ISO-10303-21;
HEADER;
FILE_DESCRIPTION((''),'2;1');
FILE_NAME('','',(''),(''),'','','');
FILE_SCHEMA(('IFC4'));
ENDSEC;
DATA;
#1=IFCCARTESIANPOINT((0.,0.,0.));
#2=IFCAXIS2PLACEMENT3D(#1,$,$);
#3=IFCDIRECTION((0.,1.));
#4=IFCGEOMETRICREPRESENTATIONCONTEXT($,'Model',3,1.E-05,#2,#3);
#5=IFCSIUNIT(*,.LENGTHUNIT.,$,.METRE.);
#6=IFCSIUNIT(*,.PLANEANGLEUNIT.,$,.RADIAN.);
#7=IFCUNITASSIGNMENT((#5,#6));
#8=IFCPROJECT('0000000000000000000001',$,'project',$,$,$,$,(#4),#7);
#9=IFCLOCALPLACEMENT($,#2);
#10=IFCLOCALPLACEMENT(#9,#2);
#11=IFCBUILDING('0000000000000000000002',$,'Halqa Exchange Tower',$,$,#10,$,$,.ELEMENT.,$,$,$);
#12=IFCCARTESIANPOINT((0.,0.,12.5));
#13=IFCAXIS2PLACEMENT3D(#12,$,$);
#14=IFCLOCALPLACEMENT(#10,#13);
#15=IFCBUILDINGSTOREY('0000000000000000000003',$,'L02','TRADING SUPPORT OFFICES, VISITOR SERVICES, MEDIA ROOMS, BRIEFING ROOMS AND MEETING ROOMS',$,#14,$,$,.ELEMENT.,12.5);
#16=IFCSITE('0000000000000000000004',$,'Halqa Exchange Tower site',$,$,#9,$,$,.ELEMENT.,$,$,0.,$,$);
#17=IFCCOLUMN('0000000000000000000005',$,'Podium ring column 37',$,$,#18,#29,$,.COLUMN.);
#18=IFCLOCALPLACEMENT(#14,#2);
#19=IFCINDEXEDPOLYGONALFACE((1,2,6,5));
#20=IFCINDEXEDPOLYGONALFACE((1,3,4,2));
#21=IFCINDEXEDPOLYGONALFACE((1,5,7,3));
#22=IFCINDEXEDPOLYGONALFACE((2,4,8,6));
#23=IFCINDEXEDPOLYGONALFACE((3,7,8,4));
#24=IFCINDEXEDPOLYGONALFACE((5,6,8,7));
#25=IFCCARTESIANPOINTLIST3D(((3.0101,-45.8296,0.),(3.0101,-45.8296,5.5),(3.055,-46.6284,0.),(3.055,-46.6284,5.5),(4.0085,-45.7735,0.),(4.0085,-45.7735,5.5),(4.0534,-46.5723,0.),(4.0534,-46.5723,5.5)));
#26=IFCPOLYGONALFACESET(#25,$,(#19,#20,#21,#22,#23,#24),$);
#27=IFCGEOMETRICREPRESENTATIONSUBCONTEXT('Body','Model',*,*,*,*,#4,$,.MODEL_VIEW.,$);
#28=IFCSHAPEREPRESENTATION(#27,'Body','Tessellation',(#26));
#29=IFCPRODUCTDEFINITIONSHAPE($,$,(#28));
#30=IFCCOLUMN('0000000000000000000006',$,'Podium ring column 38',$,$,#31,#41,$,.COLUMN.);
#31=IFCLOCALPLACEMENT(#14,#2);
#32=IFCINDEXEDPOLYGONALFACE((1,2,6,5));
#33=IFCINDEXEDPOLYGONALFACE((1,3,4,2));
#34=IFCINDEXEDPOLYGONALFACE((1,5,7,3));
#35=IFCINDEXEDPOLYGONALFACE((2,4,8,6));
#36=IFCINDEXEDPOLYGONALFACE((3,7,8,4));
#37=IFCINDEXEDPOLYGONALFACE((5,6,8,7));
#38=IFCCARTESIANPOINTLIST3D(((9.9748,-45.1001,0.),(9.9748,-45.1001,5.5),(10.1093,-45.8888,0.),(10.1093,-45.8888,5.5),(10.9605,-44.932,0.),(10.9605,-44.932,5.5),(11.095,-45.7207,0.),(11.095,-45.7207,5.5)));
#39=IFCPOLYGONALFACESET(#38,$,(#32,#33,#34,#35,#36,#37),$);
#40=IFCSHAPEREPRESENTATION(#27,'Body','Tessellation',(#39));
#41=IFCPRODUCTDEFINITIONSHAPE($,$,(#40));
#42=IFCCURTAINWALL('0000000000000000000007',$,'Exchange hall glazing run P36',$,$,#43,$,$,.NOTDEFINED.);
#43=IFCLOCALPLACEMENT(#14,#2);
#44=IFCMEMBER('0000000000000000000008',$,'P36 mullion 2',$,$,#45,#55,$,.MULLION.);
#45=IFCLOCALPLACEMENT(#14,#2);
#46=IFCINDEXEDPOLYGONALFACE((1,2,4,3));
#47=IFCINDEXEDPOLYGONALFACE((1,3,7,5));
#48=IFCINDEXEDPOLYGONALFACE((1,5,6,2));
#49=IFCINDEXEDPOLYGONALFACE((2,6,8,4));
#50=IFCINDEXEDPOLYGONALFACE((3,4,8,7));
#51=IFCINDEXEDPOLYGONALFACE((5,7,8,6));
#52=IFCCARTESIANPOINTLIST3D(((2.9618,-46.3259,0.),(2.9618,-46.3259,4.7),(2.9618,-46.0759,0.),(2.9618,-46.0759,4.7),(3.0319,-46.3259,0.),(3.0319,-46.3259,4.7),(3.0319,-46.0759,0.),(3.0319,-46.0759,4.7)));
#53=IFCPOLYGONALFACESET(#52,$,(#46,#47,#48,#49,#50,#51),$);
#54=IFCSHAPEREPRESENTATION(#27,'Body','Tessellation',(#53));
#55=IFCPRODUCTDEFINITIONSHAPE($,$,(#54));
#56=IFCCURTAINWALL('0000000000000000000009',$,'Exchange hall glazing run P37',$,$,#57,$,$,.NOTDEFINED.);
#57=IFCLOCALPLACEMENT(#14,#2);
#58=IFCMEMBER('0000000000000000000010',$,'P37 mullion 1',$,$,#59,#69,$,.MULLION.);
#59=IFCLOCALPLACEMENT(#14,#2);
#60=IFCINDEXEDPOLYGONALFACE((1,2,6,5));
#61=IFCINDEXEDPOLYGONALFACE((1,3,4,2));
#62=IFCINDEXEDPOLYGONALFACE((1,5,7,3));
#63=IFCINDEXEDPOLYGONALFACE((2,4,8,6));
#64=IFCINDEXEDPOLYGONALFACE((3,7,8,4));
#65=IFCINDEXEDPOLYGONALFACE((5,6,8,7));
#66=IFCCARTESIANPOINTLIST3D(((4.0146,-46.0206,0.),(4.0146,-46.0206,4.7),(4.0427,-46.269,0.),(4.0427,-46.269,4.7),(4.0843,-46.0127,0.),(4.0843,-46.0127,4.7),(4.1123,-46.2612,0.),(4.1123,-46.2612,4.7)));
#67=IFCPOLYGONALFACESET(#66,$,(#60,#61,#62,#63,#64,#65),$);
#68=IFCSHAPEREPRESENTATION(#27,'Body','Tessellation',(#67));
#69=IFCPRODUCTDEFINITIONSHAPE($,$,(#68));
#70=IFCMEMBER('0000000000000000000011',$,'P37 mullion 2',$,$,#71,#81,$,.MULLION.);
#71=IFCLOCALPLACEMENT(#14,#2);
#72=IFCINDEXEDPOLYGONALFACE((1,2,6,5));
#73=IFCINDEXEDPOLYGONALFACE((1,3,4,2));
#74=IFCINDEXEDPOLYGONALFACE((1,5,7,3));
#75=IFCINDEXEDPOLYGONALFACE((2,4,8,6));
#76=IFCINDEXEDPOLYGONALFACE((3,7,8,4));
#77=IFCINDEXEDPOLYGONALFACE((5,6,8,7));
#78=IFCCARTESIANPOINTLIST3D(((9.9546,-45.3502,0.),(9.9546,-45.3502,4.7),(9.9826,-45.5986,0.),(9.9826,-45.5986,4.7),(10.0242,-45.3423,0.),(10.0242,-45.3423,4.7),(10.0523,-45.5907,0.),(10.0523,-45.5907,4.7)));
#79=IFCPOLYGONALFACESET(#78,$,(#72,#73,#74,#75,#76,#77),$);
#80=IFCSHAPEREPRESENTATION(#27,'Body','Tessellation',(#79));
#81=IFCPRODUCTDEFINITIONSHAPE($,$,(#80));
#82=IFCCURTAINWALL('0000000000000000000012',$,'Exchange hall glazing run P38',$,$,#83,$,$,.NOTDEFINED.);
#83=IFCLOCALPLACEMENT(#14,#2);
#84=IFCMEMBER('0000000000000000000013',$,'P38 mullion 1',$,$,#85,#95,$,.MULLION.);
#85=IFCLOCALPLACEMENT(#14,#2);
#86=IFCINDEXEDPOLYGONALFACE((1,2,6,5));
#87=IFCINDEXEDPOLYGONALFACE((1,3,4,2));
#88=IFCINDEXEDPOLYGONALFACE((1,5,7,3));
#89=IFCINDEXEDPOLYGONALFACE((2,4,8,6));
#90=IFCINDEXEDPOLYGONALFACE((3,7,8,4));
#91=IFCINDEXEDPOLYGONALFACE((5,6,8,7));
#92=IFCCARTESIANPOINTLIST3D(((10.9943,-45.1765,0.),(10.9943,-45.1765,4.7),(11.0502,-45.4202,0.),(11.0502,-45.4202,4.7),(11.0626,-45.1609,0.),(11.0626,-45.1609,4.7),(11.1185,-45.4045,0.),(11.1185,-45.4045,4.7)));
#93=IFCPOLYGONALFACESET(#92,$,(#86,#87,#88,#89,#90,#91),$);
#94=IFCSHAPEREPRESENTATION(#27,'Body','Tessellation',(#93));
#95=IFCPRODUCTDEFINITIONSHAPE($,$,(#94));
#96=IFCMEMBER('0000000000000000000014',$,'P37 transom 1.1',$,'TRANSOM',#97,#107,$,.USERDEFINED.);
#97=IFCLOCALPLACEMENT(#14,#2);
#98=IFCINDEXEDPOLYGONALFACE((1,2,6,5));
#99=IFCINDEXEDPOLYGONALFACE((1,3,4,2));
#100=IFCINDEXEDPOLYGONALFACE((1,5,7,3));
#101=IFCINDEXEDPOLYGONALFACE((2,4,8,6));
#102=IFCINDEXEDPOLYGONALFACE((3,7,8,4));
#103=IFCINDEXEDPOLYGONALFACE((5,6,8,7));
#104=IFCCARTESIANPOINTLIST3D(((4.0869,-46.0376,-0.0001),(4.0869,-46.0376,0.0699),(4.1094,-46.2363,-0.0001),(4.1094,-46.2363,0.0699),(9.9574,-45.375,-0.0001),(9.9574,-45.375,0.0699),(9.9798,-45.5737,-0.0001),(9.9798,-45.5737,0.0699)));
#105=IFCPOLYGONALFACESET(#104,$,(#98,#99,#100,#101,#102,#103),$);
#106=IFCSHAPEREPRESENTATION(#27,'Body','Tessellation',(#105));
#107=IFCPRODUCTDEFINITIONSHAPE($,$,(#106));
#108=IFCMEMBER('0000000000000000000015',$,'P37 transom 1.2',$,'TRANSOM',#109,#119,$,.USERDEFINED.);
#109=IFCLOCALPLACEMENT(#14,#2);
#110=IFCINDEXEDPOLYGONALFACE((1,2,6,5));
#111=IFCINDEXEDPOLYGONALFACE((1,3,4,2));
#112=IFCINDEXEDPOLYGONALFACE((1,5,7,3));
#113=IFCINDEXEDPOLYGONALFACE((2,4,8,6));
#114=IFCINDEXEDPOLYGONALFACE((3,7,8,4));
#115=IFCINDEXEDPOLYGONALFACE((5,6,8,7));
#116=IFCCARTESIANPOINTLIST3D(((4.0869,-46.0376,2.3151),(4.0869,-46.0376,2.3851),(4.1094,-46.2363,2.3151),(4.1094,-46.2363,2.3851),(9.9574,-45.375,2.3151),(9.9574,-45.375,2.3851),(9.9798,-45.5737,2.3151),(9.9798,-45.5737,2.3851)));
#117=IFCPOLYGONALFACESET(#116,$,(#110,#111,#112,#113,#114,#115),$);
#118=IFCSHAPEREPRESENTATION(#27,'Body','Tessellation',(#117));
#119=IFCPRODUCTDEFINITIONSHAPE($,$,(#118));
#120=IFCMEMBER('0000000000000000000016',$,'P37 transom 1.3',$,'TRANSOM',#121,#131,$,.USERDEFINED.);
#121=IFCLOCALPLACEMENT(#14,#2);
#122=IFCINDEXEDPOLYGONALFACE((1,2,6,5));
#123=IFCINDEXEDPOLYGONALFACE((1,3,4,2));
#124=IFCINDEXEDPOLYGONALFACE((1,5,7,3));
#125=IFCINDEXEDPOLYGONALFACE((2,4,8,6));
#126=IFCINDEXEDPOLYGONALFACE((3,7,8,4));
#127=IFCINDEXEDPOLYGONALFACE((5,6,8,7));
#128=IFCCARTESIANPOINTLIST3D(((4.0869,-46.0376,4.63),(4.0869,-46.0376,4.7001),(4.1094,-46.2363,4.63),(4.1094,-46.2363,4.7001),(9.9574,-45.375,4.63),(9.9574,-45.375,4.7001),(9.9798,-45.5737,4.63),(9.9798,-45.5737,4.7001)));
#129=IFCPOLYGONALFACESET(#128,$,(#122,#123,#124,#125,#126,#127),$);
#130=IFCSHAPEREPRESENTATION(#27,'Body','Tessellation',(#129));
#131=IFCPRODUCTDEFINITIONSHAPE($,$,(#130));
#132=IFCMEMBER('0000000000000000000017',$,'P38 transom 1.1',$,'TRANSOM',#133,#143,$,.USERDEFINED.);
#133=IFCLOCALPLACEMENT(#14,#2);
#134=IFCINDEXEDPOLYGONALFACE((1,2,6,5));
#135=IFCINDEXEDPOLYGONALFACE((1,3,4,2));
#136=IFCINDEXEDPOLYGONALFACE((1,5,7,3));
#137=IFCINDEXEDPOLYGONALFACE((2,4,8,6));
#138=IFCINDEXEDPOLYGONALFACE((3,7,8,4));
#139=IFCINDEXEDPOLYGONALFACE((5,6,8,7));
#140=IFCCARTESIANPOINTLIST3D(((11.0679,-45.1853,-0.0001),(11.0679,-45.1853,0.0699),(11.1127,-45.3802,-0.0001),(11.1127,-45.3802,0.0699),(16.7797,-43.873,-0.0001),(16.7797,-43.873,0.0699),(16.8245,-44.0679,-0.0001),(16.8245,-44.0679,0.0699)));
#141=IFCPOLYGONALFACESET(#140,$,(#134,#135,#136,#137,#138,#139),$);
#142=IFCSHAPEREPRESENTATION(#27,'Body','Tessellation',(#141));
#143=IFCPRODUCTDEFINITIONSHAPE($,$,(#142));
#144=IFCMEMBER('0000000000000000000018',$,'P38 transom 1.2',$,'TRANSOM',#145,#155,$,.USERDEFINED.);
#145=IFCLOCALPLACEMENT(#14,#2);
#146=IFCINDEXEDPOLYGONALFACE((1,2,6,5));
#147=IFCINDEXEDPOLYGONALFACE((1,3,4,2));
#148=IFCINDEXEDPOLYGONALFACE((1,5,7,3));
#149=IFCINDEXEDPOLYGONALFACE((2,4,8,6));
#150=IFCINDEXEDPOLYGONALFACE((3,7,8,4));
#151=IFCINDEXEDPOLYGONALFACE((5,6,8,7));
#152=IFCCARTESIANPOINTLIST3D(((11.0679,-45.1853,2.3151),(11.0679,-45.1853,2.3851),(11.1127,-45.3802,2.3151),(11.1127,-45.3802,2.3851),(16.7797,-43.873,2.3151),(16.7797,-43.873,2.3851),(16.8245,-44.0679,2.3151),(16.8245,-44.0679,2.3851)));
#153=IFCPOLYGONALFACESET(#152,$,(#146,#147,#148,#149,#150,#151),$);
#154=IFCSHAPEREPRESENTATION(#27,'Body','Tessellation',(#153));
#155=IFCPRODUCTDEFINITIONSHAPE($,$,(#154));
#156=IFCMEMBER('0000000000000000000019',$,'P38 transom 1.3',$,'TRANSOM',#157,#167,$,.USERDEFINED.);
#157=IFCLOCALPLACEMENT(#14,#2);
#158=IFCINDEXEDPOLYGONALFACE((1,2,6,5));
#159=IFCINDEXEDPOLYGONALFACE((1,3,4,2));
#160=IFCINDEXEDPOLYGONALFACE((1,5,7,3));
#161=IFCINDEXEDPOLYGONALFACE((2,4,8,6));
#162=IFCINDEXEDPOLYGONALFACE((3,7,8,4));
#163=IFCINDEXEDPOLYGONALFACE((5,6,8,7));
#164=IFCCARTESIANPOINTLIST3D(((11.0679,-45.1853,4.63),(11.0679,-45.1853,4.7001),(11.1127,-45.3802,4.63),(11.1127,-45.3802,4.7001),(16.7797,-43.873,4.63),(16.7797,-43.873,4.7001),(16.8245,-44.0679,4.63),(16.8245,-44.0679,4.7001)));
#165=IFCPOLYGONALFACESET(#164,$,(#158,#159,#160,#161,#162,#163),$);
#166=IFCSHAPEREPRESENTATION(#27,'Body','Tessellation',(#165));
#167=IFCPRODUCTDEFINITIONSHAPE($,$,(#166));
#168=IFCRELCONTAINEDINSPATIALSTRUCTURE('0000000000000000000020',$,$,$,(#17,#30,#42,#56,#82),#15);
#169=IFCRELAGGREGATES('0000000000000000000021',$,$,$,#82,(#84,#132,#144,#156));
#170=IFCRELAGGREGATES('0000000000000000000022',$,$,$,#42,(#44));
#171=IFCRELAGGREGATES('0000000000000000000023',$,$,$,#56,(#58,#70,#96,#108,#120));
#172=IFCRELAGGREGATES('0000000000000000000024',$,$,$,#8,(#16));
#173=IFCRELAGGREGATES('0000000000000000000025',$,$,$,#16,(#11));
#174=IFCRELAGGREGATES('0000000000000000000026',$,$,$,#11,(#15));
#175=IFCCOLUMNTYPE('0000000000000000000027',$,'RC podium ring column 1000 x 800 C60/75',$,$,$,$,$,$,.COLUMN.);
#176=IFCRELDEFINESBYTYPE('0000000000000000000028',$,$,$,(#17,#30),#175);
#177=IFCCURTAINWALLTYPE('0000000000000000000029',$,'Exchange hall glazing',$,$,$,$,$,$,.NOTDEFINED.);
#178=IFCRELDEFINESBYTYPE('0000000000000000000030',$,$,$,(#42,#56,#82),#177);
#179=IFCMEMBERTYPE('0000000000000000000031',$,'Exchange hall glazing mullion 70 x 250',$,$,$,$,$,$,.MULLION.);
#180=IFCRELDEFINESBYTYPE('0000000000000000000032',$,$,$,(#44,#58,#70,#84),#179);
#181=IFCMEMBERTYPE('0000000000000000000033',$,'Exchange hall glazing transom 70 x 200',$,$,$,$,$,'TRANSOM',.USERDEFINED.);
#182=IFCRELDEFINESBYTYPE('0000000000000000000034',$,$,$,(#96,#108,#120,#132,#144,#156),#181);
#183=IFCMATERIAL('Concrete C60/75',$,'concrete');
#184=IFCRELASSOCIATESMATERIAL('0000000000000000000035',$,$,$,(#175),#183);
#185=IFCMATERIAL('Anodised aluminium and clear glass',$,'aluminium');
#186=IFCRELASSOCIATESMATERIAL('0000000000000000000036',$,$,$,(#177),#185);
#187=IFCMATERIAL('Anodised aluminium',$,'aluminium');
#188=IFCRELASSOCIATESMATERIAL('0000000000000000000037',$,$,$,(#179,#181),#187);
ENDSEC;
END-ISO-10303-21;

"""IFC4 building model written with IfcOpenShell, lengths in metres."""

from ifc_helpers import new_model, si_unit, direction, frame, origin, origin_2d, place, context, subcontext, project, spatial, rectangle, extrude, material, material_profile, profile_set, type_object, element, aggregate, save


model = new_model("IFC4")

# Units and contexts
model_context = context("Model", 3, precision=1e-05, world=origin(), true_north=direction((0.0, 1.0)))
body_context = subcontext(model_context, "Body", "Model", "MODEL_VIEW")
ifc_project = project(units=[si_unit("LENGTHUNIT", "METRE"), si_unit("PLANEANGLEUNIT", "RADIAN")], contexts=[model_context])

# Site, building, storey
site_placement = place(None, origin())
site = spatial("IfcSite", under=ifc_project, at=site_placement, Name="Halqa Exchange Tower site", CompositionType="ELEMENT", RefElevation=0.0)
building_placement = place(site_placement, origin())
building = spatial("IfcBuilding", under=site, at=building_placement, Name="Halqa Exchange Tower", CompositionType="ELEMENT")
storey_placement = place(building_placement, frame((0.0, 0.0, 12.5)))
storey = spatial("IfcBuildingStorey", under=building, at=storey_placement, Name="L02", Description="TRADING SUPPORT OFFICES, VISITOR SERVICES, MEDIA ROOMS, BRIEFING ROOMS AND MEETING ROOMS", CompositionType="ELEMENT", Elevation=12.5)

# Columns
ifc_material_1 = material(Name="Concrete C60/75", Category="concrete")
ifc_material_profile_1 = material_profile(ifc_material_1, rectangle(XDim=1.0, YDim=0.8, at=origin_2d()), Name="1000 x 800")
ifc_profile_set_1 = profile_set([ifc_material_profile_1], Name="Concrete C60/75")
column_type = type_object("IfcColumnType", Name="RC podium ring column 1000 x 800 C60/75", PredefinedType="COLUMN", material=ifc_profile_set_1)
for number, where, z_axis, x_axis, name in (
    (1, (3.5317, -46.2009, 0.0), (0.0, 0.0, 1.0), (0.998425, 0.056107, 0.0), "Podium ring column 37"),
    (2, (10.5349, -45.4104, 0.0), (0.0, 0.0, 1.0), (0.985766, 0.168121, 0.0), "Podium ring column 38"),
):
    element("IfcColumn", number, at=place(storey_placement, frame(where, z_axis=z_axis, x_axis=x_axis)), inside=storey, type_object=column_type, Name=name, PredefinedType="COLUMN", context=body_context, shape_type="SweptSolid", body=[
        extrude(rectangle(XDim=1.0, YDim=0.8, at=origin_2d()), origin(), (0.0, 0.0, 1.0), 5.5),
    ])

# Curtain wall, member
ifc_material_2 = material(Name="Anodised aluminium and clear glass", Category="aluminium")
curtain_wall_type = type_object("IfcCurtainWallType", Name="Exchange hall glazing", PredefinedType="NOTDEFINED", material=ifc_material_2)
curtain_wall_1_placement = place(storey_placement, origin())
curtain_wall_1 = element("IfcCurtainWall", 3, at=curtain_wall_1_placement, inside=storey, type_object=curtain_wall_type, Name="Exchange hall glazing run P36", PredefinedType="NOTDEFINED")
ifc_material_3 = material(Name="Anodised aluminium", Category="aluminium")
ifc_material_profile_2 = material_profile(ifc_material_3, rectangle(XDim=0.25, YDim=0.0701, at=origin_2d()), Name="AL 70x250")
ifc_profile_set_2 = profile_set([ifc_material_profile_2], Name="Anodised aluminium")
member_type_1 = type_object("IfcMemberType", Name="Exchange hall glazing mullion 70 x 250", PredefinedType="MULLION", material=ifc_profile_set_2)
member_1_placement = place(storey_placement, frame((2.9968, -46.2009, 0.0), z_axis=(0.0, 0.0, 1.0), x_axis=(0.0, 1.0, 0.0)))
member_1 = element("IfcMember", 4, at=member_1_placement, type_object=member_type_1, Name="P36 mullion 2", PredefinedType="MULLION", context=body_context, shape_type="SweptSolid", body=[
    extrude(rectangle(XDim=0.25, YDim=0.0701, at=origin_2d()), origin(), (0.0, 0.0, 1.0), 4.7),
])

# Curtain wall, members
curtain_wall_2_placement = place(storey_placement, origin())
curtain_wall_2 = element("IfcCurtainWall", 5, at=curtain_wall_2_placement, inside=storey, type_object=curtain_wall_type, Name="Exchange hall glazing run P37", PredefinedType="NOTDEFINED")
member_2_placement = place(storey_placement, frame((4.0635, -46.1409, 0.0), z_axis=(0.0, 0.0, 1.0), x_axis=(-0.112159, 0.99369, 0.0)))
member_2 = element("IfcMember", 6, at=member_2_placement, type_object=member_type_1, Name="P37 mullion 1", PredefinedType="MULLION", context=body_context, shape_type="SweptSolid", body=[
    extrude(rectangle(XDim=0.25, YDim=0.0701, at=origin_2d()), origin(), (0.0, 0.0, 1.0), 4.7),
])
member_3_placement = place(storey_placement, frame((10.0034, -45.4705, 0.0), z_axis=(0.0, 0.0, 1.0), x_axis=(-0.112159, 0.99369, 0.0)))
member_3 = element("IfcMember", 7, at=member_3_placement, type_object=member_type_1, Name="P37 mullion 2", PredefinedType="MULLION", context=body_context, shape_type="SweptSolid", body=[
    extrude(rectangle(XDim=0.25, YDim=0.0701, at=origin_2d()), origin(), (0.0, 0.0, 1.0), 4.7),
])

# Curtain wall, member
curtain_wall_3_placement = place(storey_placement, origin())
curtain_wall_3 = element("IfcCurtainWall", 8, at=curtain_wall_3_placement, inside=storey, type_object=curtain_wall_type, Name="Exchange hall glazing run P38", PredefinedType="NOTDEFINED")
member_4_placement = place(storey_placement, frame((11.0564, -45.2905, 0.0), z_axis=(0.0, 0.0, 1.0), x_axis=(-0.223897, 0.974613, 0.0)))
member_4 = element("IfcMember", 9, at=member_4_placement, type_object=member_type_1, Name="P38 mullion 1", PredefinedType="MULLION", context=body_context, shape_type="SweptSolid", body=[
    extrude(rectangle(XDim=0.25, YDim=0.0701, at=origin_2d()), origin(), (0.0, 0.0, 1.0), 4.7),
])

# Members
ifc_material_profile_3 = material_profile(ifc_material_3, rectangle(XDim=0.2, YDim=0.0701, at=origin_2d()), Name="AL 70x200")
ifc_profile_set_3 = profile_set([ifc_material_profile_3], Name="Anodised aluminium")
member_type_2 = type_object("IfcMemberType", Name="Exchange hall glazing transom 70 x 200", ElementType="TRANSOM", PredefinedType="USERDEFINED", material=ifc_profile_set_3)
member_5_placement = place(storey_placement, frame((4.0981, -46.137, 0.0349), z_axis=(0.99369, 0.11216, 0.0), x_axis=(-0.11216, 0.99369, 0.0)))
member_5 = element("IfcMember", 10, at=member_5_placement, type_object=member_type_2, Name="P37 transom 1.1", ObjectType="TRANSOM", PredefinedType="USERDEFINED", context=body_context, shape_type="SweptSolid", body=[
    extrude(rectangle(XDim=0.2, YDim=0.0701, at=origin_2d()), origin(), (0.0, 0.0, 1.0), 5.9077),
])
member_6_placement = place(storey_placement, frame((4.0981, -46.137, 2.3501), z_axis=(0.99369, 0.11216, 0.0), x_axis=(-0.11216, 0.99369, 0.0)))
member_6 = element("IfcMember", 11, at=member_6_placement, type_object=member_type_2, Name="P37 transom 1.2", ObjectType="TRANSOM", PredefinedType="USERDEFINED", context=body_context, shape_type="SweptSolid", body=[
    extrude(rectangle(XDim=0.2, YDim=0.0701, at=origin_2d()), origin(), (0.0, 0.0, 1.0), 5.9077),
])
member_7_placement = place(storey_placement, frame((4.0981, -46.137, 4.665), z_axis=(0.99369, 0.11216, 0.0), x_axis=(-0.11216, 0.99369, 0.0)))
member_7 = element("IfcMember", 12, at=member_7_placement, type_object=member_type_2, Name="P37 transom 1.3", ObjectType="TRANSOM", PredefinedType="USERDEFINED", context=body_context, shape_type="SweptSolid", body=[
    extrude(rectangle(XDim=0.2, YDim=0.0701, at=origin_2d()), origin(), (0.0, 0.0, 1.0), 5.9077),
])
member_8_placement = place(storey_placement, frame((11.0903, -45.2827, 0.0349), z_axis=(0.97461, 0.223907, 0.0), x_axis=(-0.223907, 0.97461, 0.0)))
member_8 = element("IfcMember", 13, at=member_8_placement, type_object=member_type_2, Name="P38 transom 1.1", ObjectType="TRANSOM", PredefinedType="USERDEFINED", context=body_context, shape_type="SweptSolid", body=[
    extrude(rectangle(XDim=0.2, YDim=0.0701, at=origin_2d()), origin(), (0.0, 0.0, 1.0), 5.8606),
])
member_9_placement = place(storey_placement, frame((11.0903, -45.2827, 2.3501), z_axis=(0.97461, 0.223907, 0.0), x_axis=(-0.223907, 0.97461, 0.0)))
member_9 = element("IfcMember", 14, at=member_9_placement, type_object=member_type_2, Name="P38 transom 1.2", ObjectType="TRANSOM", PredefinedType="USERDEFINED", context=body_context, shape_type="SweptSolid", body=[
    extrude(rectangle(XDim=0.2, YDim=0.0701, at=origin_2d()), origin(), (0.0, 0.0, 1.0), 5.8606),
])
member_10_placement = place(storey_placement, frame((11.0903, -45.2827, 4.665), z_axis=(0.97461, 0.223907, 0.0), x_axis=(-0.223907, 0.97461, 0.0)))
member_10 = element("IfcMember", 15, at=member_10_placement, type_object=member_type_2, Name="P38 transom 1.3", ObjectType="TRANSOM", PredefinedType="USERDEFINED", context=body_context, shape_type="SweptSolid", body=[
    extrude(rectangle(XDim=0.2, YDim=0.0701, at=origin_2d()), origin(), (0.0, 0.0, 1.0), 5.8606),
])
aggregate(curtain_wall_3, [member_4, member_8, member_9, member_10])

aggregate(curtain_wall_1, [member_1])
aggregate(curtain_wall_2, [member_2, member_3, member_5, member_6, member_7])

save(model, "model.ifc")
